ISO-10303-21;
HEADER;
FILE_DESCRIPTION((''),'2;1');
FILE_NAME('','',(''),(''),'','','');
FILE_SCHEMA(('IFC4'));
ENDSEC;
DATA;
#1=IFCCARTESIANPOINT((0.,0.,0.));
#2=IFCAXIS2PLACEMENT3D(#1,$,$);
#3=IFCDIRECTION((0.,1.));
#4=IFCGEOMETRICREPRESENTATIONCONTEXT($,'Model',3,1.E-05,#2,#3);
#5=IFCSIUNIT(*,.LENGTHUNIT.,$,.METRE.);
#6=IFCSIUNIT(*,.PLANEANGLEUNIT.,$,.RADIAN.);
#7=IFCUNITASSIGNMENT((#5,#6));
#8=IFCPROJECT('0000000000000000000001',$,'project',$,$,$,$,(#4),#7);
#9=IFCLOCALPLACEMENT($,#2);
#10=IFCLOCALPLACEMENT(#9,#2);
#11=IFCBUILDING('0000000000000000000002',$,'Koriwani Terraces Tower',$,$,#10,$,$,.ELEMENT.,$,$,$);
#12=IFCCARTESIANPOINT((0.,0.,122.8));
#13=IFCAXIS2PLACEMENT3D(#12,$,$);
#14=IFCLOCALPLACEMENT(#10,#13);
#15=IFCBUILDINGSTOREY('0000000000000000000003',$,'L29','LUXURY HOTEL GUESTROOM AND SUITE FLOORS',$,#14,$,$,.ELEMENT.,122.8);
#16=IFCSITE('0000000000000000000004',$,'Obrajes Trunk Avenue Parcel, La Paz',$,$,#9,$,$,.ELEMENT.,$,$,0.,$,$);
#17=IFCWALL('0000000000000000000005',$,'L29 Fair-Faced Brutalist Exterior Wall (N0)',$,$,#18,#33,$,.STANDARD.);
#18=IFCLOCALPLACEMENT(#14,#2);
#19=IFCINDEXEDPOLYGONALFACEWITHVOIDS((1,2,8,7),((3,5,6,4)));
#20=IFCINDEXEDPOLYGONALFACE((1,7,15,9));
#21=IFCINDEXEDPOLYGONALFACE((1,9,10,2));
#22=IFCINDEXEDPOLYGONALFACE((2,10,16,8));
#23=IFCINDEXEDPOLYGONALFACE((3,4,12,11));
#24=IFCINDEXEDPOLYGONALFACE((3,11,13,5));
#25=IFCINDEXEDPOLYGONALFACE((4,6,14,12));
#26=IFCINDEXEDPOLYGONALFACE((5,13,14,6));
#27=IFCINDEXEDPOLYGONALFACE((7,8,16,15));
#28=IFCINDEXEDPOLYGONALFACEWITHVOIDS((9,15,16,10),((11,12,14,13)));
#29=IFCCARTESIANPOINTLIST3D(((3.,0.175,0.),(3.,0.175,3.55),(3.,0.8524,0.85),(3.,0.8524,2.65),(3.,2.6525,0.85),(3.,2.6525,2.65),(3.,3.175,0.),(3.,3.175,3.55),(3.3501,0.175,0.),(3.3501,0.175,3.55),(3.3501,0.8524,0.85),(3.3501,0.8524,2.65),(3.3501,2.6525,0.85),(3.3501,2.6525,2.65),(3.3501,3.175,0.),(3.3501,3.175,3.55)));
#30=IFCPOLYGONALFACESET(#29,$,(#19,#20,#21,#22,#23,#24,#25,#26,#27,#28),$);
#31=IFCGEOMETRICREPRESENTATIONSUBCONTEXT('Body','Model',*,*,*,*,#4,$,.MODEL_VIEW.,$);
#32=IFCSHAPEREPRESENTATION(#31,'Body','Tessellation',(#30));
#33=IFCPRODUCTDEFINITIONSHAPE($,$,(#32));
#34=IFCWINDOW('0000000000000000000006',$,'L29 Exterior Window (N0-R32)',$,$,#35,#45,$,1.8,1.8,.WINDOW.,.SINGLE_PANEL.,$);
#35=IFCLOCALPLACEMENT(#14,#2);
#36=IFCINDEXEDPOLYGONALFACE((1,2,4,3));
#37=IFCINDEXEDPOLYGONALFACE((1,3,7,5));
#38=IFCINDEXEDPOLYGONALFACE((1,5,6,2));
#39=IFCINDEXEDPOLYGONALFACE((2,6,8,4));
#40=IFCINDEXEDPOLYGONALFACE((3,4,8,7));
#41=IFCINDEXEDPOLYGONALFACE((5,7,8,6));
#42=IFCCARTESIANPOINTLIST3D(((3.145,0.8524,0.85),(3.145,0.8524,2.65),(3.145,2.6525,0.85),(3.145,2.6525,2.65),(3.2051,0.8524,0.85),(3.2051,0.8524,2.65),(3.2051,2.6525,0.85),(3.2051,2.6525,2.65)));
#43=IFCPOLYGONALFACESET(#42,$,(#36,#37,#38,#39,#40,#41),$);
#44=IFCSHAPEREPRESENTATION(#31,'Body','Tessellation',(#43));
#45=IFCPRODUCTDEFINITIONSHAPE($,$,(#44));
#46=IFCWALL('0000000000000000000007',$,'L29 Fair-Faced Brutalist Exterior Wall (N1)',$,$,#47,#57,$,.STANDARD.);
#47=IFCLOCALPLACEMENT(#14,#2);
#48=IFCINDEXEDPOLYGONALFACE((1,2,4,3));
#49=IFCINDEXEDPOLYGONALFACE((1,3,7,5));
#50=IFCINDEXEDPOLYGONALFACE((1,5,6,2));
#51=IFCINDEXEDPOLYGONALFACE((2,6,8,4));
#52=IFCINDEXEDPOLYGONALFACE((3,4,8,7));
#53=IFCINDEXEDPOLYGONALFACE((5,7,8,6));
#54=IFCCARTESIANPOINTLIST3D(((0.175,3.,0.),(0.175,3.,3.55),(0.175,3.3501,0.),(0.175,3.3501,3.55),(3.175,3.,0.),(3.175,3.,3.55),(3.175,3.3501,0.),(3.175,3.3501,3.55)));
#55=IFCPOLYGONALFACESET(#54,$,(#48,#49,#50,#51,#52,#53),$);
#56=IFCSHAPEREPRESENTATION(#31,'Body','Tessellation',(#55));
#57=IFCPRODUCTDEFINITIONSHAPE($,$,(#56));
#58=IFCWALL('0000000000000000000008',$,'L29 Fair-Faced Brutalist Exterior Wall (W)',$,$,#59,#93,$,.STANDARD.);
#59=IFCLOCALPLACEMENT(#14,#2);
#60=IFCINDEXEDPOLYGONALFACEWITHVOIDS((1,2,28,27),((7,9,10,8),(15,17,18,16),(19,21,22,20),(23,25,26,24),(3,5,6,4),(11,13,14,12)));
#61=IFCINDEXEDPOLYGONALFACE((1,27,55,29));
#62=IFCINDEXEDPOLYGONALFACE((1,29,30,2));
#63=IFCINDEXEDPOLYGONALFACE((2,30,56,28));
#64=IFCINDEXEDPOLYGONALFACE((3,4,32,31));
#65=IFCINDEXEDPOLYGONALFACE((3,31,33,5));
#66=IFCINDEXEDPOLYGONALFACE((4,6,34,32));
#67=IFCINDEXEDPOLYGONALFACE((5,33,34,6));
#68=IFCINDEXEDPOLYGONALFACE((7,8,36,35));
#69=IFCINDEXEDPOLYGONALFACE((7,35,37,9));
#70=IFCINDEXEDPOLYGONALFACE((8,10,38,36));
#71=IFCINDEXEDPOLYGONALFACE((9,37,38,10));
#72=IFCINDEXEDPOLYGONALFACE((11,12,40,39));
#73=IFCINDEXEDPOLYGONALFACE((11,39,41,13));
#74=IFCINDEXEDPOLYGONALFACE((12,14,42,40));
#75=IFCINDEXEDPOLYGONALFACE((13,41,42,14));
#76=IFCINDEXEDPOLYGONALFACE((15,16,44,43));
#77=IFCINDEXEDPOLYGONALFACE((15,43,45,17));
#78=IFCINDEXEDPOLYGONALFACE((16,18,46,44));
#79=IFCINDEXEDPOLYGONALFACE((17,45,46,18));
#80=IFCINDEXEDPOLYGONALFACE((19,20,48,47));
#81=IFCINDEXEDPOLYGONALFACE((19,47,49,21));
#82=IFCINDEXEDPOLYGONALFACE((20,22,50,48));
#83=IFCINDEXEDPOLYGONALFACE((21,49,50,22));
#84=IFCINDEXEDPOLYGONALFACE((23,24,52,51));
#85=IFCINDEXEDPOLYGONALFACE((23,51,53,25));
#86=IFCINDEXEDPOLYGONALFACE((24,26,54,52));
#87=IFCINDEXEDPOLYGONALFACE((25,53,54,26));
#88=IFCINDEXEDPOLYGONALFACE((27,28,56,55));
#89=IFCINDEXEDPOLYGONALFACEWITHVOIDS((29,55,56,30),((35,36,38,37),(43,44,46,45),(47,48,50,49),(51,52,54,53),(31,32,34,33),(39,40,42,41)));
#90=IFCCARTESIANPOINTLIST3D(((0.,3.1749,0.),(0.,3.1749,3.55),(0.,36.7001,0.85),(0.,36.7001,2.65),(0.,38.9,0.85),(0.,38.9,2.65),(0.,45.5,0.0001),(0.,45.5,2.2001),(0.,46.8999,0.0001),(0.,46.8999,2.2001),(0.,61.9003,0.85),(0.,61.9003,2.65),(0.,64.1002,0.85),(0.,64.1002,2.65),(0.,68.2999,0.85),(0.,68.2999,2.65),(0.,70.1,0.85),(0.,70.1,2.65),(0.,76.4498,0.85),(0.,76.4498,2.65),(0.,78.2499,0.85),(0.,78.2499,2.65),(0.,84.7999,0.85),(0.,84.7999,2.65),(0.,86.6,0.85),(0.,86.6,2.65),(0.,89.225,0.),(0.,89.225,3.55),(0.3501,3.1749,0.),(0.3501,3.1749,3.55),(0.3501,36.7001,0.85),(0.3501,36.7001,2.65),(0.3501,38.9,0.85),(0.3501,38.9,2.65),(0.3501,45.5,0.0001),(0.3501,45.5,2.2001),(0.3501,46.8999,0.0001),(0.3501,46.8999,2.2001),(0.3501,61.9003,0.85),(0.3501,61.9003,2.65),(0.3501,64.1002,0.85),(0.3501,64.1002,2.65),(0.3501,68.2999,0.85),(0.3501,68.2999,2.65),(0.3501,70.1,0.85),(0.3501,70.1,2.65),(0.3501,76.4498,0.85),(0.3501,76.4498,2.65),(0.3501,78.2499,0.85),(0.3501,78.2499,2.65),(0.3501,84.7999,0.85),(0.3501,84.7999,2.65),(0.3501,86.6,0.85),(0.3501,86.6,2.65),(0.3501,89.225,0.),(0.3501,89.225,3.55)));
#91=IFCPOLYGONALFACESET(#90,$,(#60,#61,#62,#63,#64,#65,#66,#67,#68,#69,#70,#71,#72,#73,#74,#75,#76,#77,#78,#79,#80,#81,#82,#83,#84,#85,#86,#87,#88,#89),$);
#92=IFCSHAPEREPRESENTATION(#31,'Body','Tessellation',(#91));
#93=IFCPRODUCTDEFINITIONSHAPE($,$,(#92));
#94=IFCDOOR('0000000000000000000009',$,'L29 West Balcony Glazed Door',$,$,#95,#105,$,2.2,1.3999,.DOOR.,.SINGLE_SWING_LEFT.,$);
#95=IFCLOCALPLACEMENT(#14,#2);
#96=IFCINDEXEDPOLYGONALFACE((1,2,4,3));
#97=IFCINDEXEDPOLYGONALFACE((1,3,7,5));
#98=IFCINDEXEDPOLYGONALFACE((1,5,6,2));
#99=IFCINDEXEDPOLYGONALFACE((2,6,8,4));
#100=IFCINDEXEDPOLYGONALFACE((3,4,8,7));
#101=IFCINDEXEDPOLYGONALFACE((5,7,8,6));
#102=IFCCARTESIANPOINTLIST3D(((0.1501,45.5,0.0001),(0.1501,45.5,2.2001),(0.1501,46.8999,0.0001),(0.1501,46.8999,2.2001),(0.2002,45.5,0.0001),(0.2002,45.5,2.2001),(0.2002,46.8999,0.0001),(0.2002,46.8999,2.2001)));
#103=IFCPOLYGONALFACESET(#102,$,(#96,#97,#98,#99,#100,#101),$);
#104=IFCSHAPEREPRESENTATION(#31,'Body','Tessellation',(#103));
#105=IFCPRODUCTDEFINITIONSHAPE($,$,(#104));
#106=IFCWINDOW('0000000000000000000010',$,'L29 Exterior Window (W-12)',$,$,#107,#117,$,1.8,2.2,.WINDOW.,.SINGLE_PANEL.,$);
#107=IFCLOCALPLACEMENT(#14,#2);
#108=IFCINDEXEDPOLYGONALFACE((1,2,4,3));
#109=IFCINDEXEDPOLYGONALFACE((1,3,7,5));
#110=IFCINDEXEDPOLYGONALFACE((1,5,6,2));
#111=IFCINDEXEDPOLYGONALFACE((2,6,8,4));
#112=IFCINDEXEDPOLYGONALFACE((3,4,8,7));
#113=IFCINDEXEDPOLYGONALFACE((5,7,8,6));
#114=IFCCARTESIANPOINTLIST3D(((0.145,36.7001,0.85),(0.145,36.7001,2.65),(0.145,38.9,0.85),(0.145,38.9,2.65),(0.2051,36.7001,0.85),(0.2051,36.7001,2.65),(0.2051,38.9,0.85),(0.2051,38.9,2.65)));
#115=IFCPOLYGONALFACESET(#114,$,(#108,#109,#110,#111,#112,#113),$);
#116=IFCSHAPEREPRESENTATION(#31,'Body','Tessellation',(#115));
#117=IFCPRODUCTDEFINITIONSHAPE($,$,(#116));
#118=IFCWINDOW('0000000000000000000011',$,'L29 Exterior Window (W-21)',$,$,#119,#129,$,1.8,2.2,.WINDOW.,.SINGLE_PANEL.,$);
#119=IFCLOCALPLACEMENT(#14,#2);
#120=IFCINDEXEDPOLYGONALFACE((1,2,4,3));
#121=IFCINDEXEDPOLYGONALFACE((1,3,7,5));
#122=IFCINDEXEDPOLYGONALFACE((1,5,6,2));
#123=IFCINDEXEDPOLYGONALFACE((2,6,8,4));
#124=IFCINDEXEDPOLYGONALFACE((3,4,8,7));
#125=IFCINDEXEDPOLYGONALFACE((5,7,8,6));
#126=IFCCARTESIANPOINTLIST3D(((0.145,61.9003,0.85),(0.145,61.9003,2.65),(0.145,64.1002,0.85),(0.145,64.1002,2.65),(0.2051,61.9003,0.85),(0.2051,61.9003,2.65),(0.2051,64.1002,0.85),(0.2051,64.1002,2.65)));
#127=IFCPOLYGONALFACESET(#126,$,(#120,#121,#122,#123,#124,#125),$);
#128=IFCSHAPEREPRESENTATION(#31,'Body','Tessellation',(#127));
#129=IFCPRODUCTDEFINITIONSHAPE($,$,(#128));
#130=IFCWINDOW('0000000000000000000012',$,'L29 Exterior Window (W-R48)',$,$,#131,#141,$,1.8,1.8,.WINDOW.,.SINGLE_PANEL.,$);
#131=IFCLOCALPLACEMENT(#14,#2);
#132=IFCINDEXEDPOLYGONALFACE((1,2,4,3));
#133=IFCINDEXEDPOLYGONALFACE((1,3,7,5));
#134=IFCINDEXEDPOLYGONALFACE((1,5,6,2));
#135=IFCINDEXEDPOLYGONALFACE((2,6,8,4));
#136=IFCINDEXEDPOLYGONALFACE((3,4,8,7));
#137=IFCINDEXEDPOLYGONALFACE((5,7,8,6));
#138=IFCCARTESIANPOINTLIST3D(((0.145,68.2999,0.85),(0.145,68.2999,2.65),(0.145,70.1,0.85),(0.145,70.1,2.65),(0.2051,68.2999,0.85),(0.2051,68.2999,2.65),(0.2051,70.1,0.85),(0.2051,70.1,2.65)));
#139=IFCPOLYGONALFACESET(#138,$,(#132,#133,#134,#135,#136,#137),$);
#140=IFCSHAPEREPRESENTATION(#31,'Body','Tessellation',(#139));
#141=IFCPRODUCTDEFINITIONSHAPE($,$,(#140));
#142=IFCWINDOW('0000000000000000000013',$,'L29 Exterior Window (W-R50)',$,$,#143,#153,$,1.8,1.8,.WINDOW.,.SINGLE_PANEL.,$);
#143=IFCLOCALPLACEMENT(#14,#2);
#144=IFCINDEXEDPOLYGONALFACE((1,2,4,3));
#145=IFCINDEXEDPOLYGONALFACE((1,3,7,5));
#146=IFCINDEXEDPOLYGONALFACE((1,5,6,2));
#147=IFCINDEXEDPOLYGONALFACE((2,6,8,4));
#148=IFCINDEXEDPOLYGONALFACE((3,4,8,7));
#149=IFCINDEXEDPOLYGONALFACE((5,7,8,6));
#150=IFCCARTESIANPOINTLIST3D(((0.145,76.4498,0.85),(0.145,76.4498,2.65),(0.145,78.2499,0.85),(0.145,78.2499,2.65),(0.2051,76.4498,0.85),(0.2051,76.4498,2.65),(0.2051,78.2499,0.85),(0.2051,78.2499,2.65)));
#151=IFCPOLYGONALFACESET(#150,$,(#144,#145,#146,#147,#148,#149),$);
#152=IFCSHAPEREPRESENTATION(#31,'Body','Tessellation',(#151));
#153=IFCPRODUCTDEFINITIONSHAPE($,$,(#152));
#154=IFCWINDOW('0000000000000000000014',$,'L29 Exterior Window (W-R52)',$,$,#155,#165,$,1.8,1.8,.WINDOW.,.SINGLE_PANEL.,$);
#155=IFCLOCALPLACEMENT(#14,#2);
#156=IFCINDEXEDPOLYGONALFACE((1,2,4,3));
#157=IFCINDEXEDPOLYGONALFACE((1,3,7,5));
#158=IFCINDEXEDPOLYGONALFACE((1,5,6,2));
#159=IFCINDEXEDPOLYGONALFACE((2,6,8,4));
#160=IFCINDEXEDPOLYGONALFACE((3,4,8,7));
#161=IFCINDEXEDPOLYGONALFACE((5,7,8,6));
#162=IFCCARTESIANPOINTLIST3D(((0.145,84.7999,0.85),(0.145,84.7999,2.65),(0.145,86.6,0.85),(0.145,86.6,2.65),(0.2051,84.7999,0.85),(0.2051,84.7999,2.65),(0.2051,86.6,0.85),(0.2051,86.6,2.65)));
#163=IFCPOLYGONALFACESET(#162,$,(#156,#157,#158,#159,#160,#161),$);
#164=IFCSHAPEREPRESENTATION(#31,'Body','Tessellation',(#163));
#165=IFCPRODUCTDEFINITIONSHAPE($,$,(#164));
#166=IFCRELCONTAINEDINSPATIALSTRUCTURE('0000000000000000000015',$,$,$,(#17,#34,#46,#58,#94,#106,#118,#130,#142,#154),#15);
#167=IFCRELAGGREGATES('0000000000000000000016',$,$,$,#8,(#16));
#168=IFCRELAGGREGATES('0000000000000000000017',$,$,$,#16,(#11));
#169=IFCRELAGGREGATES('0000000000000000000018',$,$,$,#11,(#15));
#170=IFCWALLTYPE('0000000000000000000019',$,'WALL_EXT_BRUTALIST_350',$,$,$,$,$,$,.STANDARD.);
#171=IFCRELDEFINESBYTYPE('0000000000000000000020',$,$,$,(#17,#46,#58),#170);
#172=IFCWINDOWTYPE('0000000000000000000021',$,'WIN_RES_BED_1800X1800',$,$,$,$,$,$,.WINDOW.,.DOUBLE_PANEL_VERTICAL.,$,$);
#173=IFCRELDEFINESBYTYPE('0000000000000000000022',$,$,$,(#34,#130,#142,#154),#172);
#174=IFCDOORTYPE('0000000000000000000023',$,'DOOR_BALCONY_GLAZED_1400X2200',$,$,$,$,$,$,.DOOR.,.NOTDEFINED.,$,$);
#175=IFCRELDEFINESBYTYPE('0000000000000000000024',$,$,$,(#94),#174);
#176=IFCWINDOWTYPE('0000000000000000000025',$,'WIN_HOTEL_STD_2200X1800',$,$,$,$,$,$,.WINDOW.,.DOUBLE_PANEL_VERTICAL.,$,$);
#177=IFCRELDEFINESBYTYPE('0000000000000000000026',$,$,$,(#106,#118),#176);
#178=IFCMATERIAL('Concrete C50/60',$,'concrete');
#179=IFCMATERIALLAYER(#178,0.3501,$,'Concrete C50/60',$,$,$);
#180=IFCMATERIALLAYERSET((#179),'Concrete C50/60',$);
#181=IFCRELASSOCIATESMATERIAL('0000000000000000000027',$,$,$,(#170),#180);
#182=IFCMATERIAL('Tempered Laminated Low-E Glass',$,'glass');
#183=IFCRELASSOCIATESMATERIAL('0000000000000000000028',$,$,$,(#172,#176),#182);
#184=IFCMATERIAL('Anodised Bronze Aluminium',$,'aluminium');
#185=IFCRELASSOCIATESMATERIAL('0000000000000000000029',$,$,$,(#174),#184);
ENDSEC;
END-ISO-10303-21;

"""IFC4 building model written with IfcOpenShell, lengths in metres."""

from ifc_helpers import new_model, si_unit, direction, frame, frame_2d, origin, place, context, subcontext, project, spatial, rectangle, extrude, material, layer, layer_set, type_object, element, fill, save


model = new_model("IFC4")

# Units and contexts
model_context = context("Model", 3, precision=1e-05, world=origin(), true_north=direction((0.0, 1.0)))
body_context = subcontext(model_context, "Body", "Model", "MODEL_VIEW")
ifc_project = project(units=[si_unit("LENGTHUNIT", "METRE"), si_unit("PLANEANGLEUNIT", "RADIAN")], contexts=[model_context])

# Site, building, storey
site_placement = place(None, origin())
site = spatial("IfcSite", under=ifc_project, at=site_placement, Name="Obrajes Trunk Avenue Parcel, La Paz", CompositionType="ELEMENT", RefElevation=0.0)
building_placement = place(site_placement, origin())
building = spatial("IfcBuilding", under=site, at=building_placement, Name="Koriwani Terraces Tower", CompositionType="ELEMENT")
storey_placement = place(building_placement, frame((0.0, 0.0, 122.8)))
storey = spatial("IfcBuildingStorey", under=building, at=storey_placement, Name="L29", Description="LUXURY HOTEL GUESTROOM AND SUITE FLOORS", CompositionType="ELEMENT", Elevation=122.8)

# Shared definitions
ifc_material_1 = material(Name="Concrete C50/60", Category="concrete")

# Wall, opening, window
ifc_layer_1 = layer(ifc_material_1, 0.3501, Name="Concrete C50/60")
ifc_layer_set_1 = layer_set([ifc_layer_1], Name="Concrete C50/60")
wall_type_1 = type_object("IfcWallType", Name="WALL_EXT_BRUTALIST_350", PredefinedType="STANDARD", material=ifc_layer_set_1)
wall_1_placement = place(storey_placement, frame((3.175, 0.175, 0.0), z_axis=(0.0, 0.0, 1.0), x_axis=(0.0, 1.0, 0.0)))
wall_1 = element("IfcWall", 1, at=wall_1_placement, inside=storey, type_object=wall_type_1, Name="L29 Fair-Faced Brutalist Exterior Wall (N0)", PredefinedType="STANDARD", context=body_context, shape_type="SweptSolid", body=[
    extrude(rectangle(XDim=3.0, YDim=0.3501, at=frame_2d((1.5, 0.0))), origin(), (0.0, 0.0, 1.0), 3.55),
])
opening_1_placement = place(wall_1_placement, frame((0.6775, 0.0, 0.8501)))
opening_1 = element("IfcOpeningElement", 2, at=opening_1_placement, cuts=wall_1, PredefinedType="OPENING", context=body_context, shape_type="SweptSolid", body=[
    extrude(rectangle(XDim=1.8, YDim=1.8, at=frame_2d((0.8999, 0.8999))), frame((0.0, 0.1851, 0.0), z_axis=(0.0, -1.0, 0.0), x_axis=(1.0, 0.0, 0.0)), (0.0, 0.0, 1.0), 0.3701),
])
ifc_material_2 = material(Name="Tempered Laminated Low-E Glass", Category="glass")
window_type_1 = type_object("IfcWindowType", Name="WIN_RES_BED_1800X1800", PartitioningType="DOUBLE_PANEL_VERTICAL", PredefinedType="WINDOW", material=ifc_material_2)
window_1_placement = place(opening_1_placement, origin())
window_1 = element("IfcWindow", 3, at=window_1_placement, inside=storey, type_object=window_type_1, Name="L29 Exterior Window (N0-R32)", OverallHeight=1.8, OverallWidth=1.8, PartitioningType="SINGLE_PANEL", PredefinedType="WINDOW", context=body_context, shape_type="SweptSolid", body=[
    extrude(rectangle(XDim=1.8, YDim=1.8, at=frame_2d((0.8999, 0.8999))), frame((0.0, 0.03, 0.0), z_axis=(0.0, -1.0, 0.0), x_axis=(1.0, 0.0, 0.0)), (0.0, 0.0, 1.0), 0.0601),
])
fill(opening_1, window_1)

# Wall
wall_2_placement = place(storey_placement, frame((3.175, 3.175, 0.0), z_axis=(0.0, 0.0, 1.0), x_axis=(-1.0, 0.0, 0.0)))
element("IfcWall", 4, at=wall_2_placement, inside=storey, type_object=wall_type_1, Name="L29 Fair-Faced Brutalist Exterior Wall (N1)", PredefinedType="STANDARD", context=body_context, shape_type="SweptSolid", body=[
    extrude(rectangle(XDim=3.0, YDim=0.3501, at=frame_2d((1.5, 0.0))), origin(), (0.0, 0.0, 1.0), 3.55),
])

# Wall, openings, door, windows
wall_3_placement = place(storey_placement, frame((0.175, 3.175, 0.0), z_axis=(0.0, 0.0, 1.0), x_axis=(0.0, 1.0, 0.0)))
wall_3 = element("IfcWall", 5, at=wall_3_placement, inside=storey, type_object=wall_type_1, Name="L29 Fair-Faced Brutalist Exterior Wall (W)", PredefinedType="STANDARD", context=body_context, shape_type="SweptSolid", body=[
    extrude(rectangle(XDim=86.05, YDim=0.3501, at=frame_2d((43.0249, 0.0))), origin(), (0.0, 0.0, 1.0), 3.55),
])
opening_2_placement = place(wall_3_placement, frame((42.325, 0.0, 0.0)))
opening_2 = element("IfcOpeningElement", 6, at=opening_2_placement, cuts=wall_3, PredefinedType="OPENING", context=body_context, shape_type="SweptSolid", body=[
    extrude(rectangle(XDim=1.3999, YDim=2.2, at=frame_2d((0.7, 1.1001))), frame((0.0, 0.1851, 0.0), z_axis=(0.0, -1.0, 0.0), x_axis=(1.0, 0.0, 0.0)), (0.0, 0.0, 1.0), 0.3701),
])
opening_3_placement = place(wall_3_placement, frame((33.5249, 0.0, 0.8501)))
opening_3 = element("IfcOpeningElement", 7, at=opening_3_placement, cuts=wall_3, PredefinedType="OPENING", context=body_context, shape_type="SweptSolid", body=[
    extrude(rectangle(XDim=2.2, YDim=1.8, at=frame_2d((1.1001, 0.8999))), frame((0.0, 0.1851, 0.0), z_axis=(0.0, -1.0, 0.0), x_axis=(1.0, 0.0, 0.0)), (0.0, 0.0, 1.0), 0.3701),
])
opening_4_placement = place(wall_3_placement, frame((58.7251, 0.0, 0.8501)))
opening_4 = element("IfcOpeningElement", 8, at=opening_4_placement, cuts=wall_3, PredefinedType="OPENING", context=body_context, shape_type="SweptSolid", body=[
    extrude(rectangle(XDim=2.2, YDim=1.8, at=frame_2d((1.1001, 0.8999))), frame((0.0, 0.1851, 0.0), z_axis=(0.0, -1.0, 0.0), x_axis=(1.0, 0.0, 0.0)), (0.0, 0.0, 1.0), 0.3701),
])
opening_5_placement = place(wall_3_placement, frame((65.125, 0.0, 0.8501)))
opening_5 = element("IfcOpeningElement", 9, at=opening_5_placement, cuts=wall_3, PredefinedType="OPENING", context=body_context, shape_type="SweptSolid", body=[
    extrude(rectangle(XDim=1.8, YDim=1.8, at=frame_2d((0.8999, 0.8999))), frame((0.0, 0.1851, 0.0), z_axis=(0.0, -1.0, 0.0), x_axis=(1.0, 0.0, 0.0)), (0.0, 0.0, 1.0), 0.3701),
])
opening_6_placement = place(wall_3_placement, frame((73.2749, 0.0, 0.8501)))
opening_6 = element("IfcOpeningElement", 10, at=opening_6_placement, cuts=wall_3, PredefinedType="OPENING", context=body_context, shape_type="SweptSolid", body=[
    extrude(rectangle(XDim=1.8, YDim=1.8, at=frame_2d((0.8999, 0.8999))), frame((0.0, 0.1851, 0.0), z_axis=(0.0, -1.0, 0.0), x_axis=(1.0, 0.0, 0.0)), (0.0, 0.0, 1.0), 0.3701),
])
opening_7_placement = place(wall_3_placement, frame((81.625, 0.0, 0.8501)))
opening_7 = element("IfcOpeningElement", 11, at=opening_7_placement, cuts=wall_3, PredefinedType="OPENING", context=body_context, shape_type="SweptSolid", body=[
    extrude(rectangle(XDim=1.8, YDim=1.8, at=frame_2d((0.8999, 0.8999))), frame((0.0, 0.1851, 0.0), z_axis=(0.0, -1.0, 0.0), x_axis=(1.0, 0.0, 0.0)), (0.0, 0.0, 1.0), 0.3701),
])
ifc_material_3 = material(Name="Anodised Bronze Aluminium", Category="aluminium")
door_type = type_object("IfcDoorType", Name="DOOR_BALCONY_GLAZED_1400X2200", OperationType="NOTDEFINED", PredefinedType="DOOR", material=ifc_material_3)
door_placement = place(opening_2_placement, origin())
door = element("IfcDoor", 12, at=door_placement, inside=storey, type_object=door_type, Name="L29 West Balcony Glazed Door", OperationType="SINGLE_SWING_LEFT", OverallHeight=2.2, OverallWidth=1.3999, PredefinedType="DOOR", context=body_context, shape_type="SweptSolid", body=[
    extrude(rectangle(XDim=1.3999, YDim=2.2, at=frame_2d((0.7, 1.1001))), frame((0.0, 0.0249, 0.0), z_axis=(0.0, -1.0, 0.0), x_axis=(1.0, 0.0, 0.0)), (0.0, 0.0, 1.0), 0.05),
])
fill(opening_2, door)
window_type_2 = type_object("IfcWindowType", Name="WIN_HOTEL_STD_2200X1800", PartitioningType="DOUBLE_PANEL_VERTICAL", PredefinedType="WINDOW", material=ifc_material_2)
window_2_placement = place(opening_3_placement, origin())
window_2 = element("IfcWindow", 13, at=window_2_placement, inside=storey, type_object=window_type_2, Name="L29 Exterior Window (W-12)", OverallHeight=1.8, OverallWidth=2.2, PartitioningType="SINGLE_PANEL", PredefinedType="WINDOW", context=body_context, shape_type="SweptSolid", body=[
    extrude(rectangle(XDim=2.2, YDim=1.8, at=frame_2d((1.1001, 0.8999))), frame((0.0, 0.03, 0.0), z_axis=(0.0, -1.0, 0.0), x_axis=(1.0, 0.0, 0.0)), (0.0, 0.0, 1.0), 0.0601),
])
fill(opening_3, window_2)
window_3_placement = place(opening_4_placement, origin())
window_3 = element("IfcWindow", 14, at=window_3_placement, inside=storey, type_object=window_type_2, Name="L29 Exterior Window (W-21)", OverallHeight=1.8, OverallWidth=2.2, PartitioningType="SINGLE_PANEL", PredefinedType="WINDOW", context=body_context, shape_type="SweptSolid", body=[
    extrude(rectangle(XDim=2.2, YDim=1.8, at=frame_2d((1.1001, 0.8999))), frame((0.0, 0.03, 0.0), z_axis=(0.0, -1.0, 0.0), x_axis=(1.0, 0.0, 0.0)), (0.0, 0.0, 1.0), 0.0601),
])
fill(opening_4, window_3)
window_4_placement = place(opening_5_placement, origin())
window_4 = element("IfcWindow", 15, at=window_4_placement, inside=storey, type_object=window_type_1, Name="L29 Exterior Window (W-R48)", OverallHeight=1.8, OverallWidth=1.8, PartitioningType="SINGLE_PANEL", PredefinedType="WINDOW", context=body_context, shape_type="SweptSolid", body=[
    extrude(rectangle(XDim=1.8, YDim=1.8, at=frame_2d((0.8999, 0.8999))), frame((0.0, 0.03, 0.0), z_axis=(0.0, -1.0, 0.0), x_axis=(1.0, 0.0, 0.0)), (0.0, 0.0, 1.0), 0.0601),
])
fill(opening_5, window_4)
window_5_placement = place(opening_6_placement, origin())
window_5 = element("IfcWindow", 16, at=window_5_placement, inside=storey, type_object=window_type_1, Name="L29 Exterior Window (W-R50)", OverallHeight=1.8, OverallWidth=1.8, PartitioningType="SINGLE_PANEL", PredefinedType="WINDOW", context=body_context, shape_type="SweptSolid", body=[
    extrude(rectangle(XDim=1.8, YDim=1.8, at=frame_2d((0.8999, 0.8999))), frame((0.0, 0.03, 0.0), z_axis=(0.0, -1.0, 0.0), x_axis=(1.0, 0.0, 0.0)), (0.0, 0.0, 1.0), 0.0601),
])
fill(opening_6, window_5)
window_6_placement = place(opening_7_placement, origin())
window_6 = element("IfcWindow", 17, at=window_6_placement, inside=storey, type_object=window_type_1, Name="L29 Exterior Window (W-R52)", OverallHeight=1.8, OverallWidth=1.8, PartitioningType="SINGLE_PANEL", PredefinedType="WINDOW", context=body_context, shape_type="SweptSolid", body=[
    extrude(rectangle(XDim=1.8, YDim=1.8, at=frame_2d((0.8999, 0.8999))), frame((0.0, 0.03, 0.0), z_axis=(0.0, -1.0, 0.0), x_axis=(1.0, 0.0, 0.0)), (0.0, 0.0, 1.0), 0.0601),
])
fill(opening_7, window_6)

save(model, "model.ifc")
